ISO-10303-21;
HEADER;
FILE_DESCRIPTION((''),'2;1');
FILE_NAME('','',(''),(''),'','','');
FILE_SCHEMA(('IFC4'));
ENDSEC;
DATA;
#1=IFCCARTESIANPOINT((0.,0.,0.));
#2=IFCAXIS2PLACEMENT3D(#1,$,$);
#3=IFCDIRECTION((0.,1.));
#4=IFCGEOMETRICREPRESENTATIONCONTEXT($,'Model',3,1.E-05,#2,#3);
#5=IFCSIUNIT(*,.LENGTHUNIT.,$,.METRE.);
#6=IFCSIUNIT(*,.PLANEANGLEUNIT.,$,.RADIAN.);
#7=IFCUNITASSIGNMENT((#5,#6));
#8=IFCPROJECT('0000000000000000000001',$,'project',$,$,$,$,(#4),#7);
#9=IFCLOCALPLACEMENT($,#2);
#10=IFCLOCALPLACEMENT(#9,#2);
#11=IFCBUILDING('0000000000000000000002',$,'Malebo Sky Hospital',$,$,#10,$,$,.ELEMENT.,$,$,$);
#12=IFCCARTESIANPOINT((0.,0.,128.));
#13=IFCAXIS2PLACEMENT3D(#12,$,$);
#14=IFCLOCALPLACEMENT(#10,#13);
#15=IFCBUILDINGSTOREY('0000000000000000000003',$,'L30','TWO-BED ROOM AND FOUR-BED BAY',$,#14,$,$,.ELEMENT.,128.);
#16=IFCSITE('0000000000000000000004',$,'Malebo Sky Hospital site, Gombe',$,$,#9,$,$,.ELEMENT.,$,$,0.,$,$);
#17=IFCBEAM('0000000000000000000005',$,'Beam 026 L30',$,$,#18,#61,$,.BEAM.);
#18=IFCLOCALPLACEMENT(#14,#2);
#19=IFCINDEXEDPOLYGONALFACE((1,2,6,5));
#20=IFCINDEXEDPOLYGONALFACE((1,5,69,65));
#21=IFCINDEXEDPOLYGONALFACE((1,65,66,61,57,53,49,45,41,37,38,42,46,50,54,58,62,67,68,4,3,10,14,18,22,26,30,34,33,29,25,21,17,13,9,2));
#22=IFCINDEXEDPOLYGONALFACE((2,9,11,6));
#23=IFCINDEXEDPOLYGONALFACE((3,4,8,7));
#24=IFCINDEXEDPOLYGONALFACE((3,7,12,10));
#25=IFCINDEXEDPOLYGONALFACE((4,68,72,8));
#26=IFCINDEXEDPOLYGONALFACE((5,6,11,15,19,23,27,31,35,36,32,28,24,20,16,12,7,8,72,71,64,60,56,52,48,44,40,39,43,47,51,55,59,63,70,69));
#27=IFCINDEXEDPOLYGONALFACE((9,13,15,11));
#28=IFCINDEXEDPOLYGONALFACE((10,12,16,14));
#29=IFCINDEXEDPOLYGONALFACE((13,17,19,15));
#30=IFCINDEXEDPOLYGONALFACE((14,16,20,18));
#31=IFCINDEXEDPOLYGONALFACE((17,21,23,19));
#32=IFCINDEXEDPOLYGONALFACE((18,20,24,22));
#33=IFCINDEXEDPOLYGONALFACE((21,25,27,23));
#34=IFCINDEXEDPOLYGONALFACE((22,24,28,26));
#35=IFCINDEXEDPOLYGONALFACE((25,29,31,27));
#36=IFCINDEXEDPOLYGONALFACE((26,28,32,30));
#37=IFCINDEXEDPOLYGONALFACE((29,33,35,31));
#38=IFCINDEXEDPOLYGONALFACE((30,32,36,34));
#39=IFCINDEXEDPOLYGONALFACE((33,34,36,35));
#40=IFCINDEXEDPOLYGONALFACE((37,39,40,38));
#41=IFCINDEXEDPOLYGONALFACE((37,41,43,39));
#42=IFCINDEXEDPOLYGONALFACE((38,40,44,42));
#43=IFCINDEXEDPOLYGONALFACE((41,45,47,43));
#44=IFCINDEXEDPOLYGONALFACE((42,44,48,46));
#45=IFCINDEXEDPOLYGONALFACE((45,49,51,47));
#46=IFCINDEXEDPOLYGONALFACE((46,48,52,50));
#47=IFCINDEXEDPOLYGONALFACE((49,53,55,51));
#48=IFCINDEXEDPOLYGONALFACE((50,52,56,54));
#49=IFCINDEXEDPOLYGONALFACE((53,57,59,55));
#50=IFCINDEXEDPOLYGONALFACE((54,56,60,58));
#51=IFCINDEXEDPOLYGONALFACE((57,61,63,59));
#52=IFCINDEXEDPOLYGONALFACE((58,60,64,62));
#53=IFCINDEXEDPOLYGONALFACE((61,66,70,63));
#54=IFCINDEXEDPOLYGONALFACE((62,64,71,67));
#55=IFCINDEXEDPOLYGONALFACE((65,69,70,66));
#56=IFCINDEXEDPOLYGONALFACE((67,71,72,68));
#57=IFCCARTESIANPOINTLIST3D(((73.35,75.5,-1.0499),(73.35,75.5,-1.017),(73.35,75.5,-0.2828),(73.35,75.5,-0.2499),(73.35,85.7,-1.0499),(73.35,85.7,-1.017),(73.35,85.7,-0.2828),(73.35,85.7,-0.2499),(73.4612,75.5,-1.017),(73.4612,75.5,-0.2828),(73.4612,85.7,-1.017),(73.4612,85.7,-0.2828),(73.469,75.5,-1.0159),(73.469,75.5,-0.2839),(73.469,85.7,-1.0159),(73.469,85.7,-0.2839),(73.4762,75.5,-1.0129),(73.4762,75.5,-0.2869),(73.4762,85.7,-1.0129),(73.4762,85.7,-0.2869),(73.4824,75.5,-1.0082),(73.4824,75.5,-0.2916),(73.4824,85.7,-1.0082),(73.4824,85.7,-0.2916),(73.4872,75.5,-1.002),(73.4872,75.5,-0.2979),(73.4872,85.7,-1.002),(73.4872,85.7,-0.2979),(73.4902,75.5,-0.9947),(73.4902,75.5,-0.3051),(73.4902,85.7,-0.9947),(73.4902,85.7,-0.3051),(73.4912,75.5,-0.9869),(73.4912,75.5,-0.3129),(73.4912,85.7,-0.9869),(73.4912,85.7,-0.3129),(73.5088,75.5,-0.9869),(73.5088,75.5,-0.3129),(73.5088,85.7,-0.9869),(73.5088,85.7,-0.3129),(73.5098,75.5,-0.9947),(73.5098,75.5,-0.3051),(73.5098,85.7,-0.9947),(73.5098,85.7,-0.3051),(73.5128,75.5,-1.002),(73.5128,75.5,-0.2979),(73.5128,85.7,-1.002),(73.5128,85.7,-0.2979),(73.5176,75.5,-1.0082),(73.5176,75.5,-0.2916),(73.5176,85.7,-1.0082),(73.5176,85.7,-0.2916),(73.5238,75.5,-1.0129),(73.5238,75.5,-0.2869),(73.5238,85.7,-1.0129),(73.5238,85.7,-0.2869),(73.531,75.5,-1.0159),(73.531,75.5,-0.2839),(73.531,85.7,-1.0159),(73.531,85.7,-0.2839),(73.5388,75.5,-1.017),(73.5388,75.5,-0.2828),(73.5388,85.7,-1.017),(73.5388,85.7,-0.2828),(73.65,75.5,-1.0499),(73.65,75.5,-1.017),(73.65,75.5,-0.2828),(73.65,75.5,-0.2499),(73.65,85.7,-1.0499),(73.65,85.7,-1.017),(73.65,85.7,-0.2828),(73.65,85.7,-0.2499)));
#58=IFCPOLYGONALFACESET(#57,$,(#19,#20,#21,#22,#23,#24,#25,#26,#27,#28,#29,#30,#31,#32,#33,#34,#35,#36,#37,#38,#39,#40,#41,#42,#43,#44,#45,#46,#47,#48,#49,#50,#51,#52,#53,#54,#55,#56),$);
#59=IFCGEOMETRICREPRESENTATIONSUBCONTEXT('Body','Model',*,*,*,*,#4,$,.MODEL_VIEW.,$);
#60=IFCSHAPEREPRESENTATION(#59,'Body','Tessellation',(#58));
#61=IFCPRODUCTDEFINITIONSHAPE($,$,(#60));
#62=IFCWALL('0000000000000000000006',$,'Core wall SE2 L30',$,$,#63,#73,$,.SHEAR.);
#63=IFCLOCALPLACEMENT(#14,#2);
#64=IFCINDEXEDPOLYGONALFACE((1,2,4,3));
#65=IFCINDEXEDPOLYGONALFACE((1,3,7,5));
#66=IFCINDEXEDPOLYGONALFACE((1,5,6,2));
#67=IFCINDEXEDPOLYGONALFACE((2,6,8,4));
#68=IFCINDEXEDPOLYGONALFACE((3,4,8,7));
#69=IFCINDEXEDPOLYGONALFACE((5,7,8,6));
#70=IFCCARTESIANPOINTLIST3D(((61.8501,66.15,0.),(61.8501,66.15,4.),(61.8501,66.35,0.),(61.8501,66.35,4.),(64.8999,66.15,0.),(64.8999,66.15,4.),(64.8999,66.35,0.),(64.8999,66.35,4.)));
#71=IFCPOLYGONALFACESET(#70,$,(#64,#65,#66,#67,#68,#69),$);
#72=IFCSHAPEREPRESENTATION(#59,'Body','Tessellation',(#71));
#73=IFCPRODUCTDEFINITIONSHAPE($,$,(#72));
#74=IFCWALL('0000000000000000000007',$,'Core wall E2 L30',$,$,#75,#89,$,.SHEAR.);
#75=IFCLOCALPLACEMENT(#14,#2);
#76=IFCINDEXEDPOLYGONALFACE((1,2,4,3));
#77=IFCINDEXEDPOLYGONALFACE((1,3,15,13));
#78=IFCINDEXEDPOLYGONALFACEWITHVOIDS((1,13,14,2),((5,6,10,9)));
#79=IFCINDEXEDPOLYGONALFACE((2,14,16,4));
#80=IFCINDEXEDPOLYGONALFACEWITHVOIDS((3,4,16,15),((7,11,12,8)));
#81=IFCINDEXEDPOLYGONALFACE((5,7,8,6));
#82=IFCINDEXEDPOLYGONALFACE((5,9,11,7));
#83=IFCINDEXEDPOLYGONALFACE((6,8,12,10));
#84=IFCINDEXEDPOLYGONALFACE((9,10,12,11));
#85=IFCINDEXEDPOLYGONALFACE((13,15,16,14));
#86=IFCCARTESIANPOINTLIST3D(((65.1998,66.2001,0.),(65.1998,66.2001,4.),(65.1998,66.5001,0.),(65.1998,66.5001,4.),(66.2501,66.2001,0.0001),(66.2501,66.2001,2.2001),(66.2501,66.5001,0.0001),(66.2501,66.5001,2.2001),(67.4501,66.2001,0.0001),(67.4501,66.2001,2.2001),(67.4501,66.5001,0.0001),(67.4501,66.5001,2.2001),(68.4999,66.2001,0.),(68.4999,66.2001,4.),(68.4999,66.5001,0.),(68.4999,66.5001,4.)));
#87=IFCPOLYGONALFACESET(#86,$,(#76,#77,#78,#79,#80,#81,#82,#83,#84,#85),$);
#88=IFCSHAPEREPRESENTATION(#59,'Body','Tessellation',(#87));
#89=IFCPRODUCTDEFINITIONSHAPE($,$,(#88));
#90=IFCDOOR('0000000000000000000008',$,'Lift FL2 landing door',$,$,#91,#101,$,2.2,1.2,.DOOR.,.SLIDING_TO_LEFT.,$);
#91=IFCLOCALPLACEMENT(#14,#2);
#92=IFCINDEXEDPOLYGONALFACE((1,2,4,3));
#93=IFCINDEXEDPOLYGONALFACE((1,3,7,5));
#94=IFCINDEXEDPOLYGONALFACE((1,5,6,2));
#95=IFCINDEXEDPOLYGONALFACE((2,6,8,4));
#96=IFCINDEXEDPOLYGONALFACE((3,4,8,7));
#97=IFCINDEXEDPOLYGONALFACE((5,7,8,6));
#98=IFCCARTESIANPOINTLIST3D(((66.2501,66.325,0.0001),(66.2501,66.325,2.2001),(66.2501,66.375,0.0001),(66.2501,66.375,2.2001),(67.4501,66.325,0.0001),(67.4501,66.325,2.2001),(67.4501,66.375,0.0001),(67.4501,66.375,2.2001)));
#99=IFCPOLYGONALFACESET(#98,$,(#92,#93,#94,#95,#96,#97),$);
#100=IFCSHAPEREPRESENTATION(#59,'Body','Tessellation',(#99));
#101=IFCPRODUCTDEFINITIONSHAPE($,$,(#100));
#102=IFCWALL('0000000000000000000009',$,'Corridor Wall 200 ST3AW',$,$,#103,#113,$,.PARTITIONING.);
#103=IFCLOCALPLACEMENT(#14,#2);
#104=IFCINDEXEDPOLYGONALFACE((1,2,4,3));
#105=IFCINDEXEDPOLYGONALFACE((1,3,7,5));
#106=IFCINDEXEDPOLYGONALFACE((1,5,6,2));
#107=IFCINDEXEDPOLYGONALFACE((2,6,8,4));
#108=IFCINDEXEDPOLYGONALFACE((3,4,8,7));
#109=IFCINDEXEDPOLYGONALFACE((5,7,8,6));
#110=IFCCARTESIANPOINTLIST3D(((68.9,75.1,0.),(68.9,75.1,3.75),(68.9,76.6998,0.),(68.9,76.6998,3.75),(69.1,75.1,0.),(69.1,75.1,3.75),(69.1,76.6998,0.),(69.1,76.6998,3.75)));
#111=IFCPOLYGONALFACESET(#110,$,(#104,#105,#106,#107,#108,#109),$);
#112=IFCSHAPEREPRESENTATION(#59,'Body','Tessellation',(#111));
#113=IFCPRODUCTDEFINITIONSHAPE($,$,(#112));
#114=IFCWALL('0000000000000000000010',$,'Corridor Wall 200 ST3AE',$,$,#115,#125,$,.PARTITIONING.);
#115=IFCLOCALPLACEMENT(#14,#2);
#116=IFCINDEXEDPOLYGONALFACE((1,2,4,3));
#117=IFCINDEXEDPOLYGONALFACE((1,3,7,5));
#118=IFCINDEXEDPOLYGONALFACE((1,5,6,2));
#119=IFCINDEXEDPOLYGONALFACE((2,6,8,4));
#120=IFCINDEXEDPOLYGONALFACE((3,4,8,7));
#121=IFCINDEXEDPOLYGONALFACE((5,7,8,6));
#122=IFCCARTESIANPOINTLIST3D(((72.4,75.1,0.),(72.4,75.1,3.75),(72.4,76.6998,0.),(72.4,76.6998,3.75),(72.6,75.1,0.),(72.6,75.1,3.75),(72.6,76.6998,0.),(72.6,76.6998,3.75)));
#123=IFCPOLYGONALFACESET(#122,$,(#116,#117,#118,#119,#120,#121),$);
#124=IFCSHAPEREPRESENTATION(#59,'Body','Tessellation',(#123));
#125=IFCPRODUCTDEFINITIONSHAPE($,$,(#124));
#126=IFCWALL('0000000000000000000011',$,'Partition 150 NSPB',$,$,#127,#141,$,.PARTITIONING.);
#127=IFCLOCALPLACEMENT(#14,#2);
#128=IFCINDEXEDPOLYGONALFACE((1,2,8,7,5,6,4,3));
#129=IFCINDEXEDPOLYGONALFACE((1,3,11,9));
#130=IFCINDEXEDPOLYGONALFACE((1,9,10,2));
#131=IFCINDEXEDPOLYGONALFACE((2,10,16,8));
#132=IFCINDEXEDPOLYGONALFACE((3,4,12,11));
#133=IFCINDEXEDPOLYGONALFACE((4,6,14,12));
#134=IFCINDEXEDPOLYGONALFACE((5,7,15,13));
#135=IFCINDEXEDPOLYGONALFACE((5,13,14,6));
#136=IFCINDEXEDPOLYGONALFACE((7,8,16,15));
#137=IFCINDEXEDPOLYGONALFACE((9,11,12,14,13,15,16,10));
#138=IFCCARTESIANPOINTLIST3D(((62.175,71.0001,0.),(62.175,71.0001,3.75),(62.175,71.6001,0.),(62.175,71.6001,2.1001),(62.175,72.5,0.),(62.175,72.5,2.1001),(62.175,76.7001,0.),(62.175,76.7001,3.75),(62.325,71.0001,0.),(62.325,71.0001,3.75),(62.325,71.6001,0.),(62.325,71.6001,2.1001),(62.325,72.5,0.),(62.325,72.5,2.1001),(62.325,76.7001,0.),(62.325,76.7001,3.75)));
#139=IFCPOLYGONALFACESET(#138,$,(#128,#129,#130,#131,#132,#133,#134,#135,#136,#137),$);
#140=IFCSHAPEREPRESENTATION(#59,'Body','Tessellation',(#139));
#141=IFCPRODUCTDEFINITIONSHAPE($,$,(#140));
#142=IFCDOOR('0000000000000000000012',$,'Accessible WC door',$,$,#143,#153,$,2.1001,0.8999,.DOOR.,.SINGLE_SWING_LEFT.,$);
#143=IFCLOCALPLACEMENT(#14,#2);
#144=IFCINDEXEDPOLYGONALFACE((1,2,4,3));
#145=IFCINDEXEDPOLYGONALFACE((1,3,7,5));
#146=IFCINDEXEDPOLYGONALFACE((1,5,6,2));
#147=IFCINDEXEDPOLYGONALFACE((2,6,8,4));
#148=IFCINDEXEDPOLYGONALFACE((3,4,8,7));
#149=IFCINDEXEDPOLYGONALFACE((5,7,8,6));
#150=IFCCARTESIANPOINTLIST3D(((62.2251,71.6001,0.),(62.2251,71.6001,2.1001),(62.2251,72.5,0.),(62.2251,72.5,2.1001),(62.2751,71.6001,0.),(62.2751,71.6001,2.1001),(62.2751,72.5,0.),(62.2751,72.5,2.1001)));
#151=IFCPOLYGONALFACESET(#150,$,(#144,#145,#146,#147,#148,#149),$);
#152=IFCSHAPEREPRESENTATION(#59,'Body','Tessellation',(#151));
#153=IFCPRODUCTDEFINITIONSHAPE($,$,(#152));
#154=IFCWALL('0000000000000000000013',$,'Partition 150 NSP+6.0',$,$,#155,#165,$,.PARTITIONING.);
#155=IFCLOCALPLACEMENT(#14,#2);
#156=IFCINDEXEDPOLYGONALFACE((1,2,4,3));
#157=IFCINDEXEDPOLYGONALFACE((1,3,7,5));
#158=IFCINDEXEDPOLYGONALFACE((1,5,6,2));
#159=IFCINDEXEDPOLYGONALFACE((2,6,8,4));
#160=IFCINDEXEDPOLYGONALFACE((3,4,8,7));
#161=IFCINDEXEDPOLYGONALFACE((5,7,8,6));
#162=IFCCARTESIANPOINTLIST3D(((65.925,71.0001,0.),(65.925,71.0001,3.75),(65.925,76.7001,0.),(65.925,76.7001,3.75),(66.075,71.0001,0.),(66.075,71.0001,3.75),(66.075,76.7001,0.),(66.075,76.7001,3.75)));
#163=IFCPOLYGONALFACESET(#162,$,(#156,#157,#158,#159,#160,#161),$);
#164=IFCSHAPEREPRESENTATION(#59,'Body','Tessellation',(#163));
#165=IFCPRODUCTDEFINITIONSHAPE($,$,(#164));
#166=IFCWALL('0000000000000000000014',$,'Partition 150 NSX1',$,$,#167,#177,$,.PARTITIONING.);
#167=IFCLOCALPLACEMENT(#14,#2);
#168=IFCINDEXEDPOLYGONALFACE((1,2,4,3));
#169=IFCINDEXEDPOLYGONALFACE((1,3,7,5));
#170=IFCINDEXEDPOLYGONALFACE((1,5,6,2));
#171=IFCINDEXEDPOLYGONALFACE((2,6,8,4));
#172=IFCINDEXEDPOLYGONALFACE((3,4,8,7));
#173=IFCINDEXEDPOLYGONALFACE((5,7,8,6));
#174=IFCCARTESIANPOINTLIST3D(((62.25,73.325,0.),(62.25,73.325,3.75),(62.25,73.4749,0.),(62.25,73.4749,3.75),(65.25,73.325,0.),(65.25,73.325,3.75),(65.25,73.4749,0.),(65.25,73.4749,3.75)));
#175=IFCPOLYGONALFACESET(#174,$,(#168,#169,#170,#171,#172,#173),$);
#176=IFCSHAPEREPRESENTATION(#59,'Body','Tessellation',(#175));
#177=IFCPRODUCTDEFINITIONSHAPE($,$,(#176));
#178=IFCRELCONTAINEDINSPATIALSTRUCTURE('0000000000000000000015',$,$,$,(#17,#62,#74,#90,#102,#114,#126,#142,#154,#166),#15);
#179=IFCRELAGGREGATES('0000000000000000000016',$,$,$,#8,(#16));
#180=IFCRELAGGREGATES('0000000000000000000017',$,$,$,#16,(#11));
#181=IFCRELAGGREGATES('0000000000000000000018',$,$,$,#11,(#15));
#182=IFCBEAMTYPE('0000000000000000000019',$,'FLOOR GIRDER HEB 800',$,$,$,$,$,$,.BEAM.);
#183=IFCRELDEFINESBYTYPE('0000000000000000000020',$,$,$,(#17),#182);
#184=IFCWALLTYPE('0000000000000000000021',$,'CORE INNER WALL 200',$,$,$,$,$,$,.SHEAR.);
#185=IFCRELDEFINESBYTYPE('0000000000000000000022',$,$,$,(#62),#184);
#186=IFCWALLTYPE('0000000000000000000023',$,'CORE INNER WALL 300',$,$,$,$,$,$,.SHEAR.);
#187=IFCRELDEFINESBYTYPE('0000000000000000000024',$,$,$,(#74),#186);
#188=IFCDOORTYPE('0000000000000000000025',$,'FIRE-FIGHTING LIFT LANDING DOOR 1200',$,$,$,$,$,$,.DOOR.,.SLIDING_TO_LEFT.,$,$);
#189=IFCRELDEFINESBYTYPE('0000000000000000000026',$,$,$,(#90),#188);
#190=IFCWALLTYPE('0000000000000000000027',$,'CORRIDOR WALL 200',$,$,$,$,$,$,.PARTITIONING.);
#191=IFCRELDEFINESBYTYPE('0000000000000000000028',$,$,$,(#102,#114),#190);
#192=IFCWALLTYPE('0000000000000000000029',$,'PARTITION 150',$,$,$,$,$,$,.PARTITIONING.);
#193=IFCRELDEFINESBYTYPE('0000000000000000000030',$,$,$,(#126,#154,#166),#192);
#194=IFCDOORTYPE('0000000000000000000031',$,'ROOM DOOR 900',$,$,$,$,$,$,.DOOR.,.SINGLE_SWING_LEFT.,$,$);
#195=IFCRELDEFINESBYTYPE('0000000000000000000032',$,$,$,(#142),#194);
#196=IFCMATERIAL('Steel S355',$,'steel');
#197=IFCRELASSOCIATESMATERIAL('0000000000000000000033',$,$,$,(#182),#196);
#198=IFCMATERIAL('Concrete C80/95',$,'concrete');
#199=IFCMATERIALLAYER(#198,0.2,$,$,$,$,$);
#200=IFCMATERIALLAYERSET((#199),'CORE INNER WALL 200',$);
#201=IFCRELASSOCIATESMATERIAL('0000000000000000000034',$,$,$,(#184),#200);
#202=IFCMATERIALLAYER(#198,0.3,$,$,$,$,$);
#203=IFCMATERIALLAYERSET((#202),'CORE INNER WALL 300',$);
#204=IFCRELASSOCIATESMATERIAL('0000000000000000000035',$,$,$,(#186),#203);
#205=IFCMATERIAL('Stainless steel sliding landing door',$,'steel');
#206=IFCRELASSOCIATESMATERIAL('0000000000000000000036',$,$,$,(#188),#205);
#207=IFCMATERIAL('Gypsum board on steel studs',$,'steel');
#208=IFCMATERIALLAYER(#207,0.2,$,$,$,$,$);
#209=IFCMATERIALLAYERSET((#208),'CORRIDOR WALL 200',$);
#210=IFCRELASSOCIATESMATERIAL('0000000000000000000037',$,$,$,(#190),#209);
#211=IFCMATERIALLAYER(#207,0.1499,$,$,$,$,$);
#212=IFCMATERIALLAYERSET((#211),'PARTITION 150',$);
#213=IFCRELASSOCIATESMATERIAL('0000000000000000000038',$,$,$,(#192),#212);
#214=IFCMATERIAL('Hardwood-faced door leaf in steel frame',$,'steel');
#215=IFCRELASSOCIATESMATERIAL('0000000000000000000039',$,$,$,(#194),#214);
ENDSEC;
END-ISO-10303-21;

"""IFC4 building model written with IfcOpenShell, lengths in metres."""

from ifc_helpers import new_model, si_unit, direction, frame, frame_2d, origin, origin_2d, place, context, subcontext, project, spatial, rectangle, i_section, extrude, material, layer, layer_set, material_profile, profile_set, type_object, element, fill, save


model = new_model("IFC4")

# Units and contexts
model_context = context("Model", 3, precision=1e-05, world=origin(), true_north=direction((0.0, 1.0)))
body_context = subcontext(model_context, "Body", "Model", "MODEL_VIEW")
ifc_project = project(units=[si_unit("LENGTHUNIT", "METRE"), si_unit("PLANEANGLEUNIT", "RADIAN")], contexts=[model_context])

# Site, building, storey
site_placement = place(None, origin())
site = spatial("IfcSite", under=ifc_project, at=site_placement, Name="Malebo Sky Hospital site, Gombe", CompositionType="ELEMENT", RefElevation=0.0)
building_placement = place(site_placement, origin())
building = spatial("IfcBuilding", under=site, at=building_placement, Name="Malebo Sky Hospital", CompositionType="ELEMENT")
storey_placement = place(building_placement, frame((0.0, 0.0, 128.0)))
storey = spatial("IfcBuildingStorey", under=building, at=storey_placement, Name="L30", Description="TWO-BED ROOM AND FOUR-BED BAY", CompositionType="ELEMENT", Elevation=128.0)

# Beam
ifc_material_1 = material(Name="Steel S355", Category="steel")
ifc_material_profile_1 = material_profile(ifc_material_1, i_section(OverallWidth=0.3, OverallDepth=0.8, WebThickness=0.0176, FlangeThickness=0.033, FilletRadius=0.03, at=origin_2d()), Name="HEB 800")
ifc_profile_set_1 = profile_set([ifc_material_profile_1], Name="Steel S355")
beam_type_1 = type_object("IfcBeamType", Name="FLOOR GIRDER HEB 800", PredefinedType="BEAM", material=ifc_profile_set_1)
beam_1_placement = place(storey_placement, frame((73.5, 75.5, -0.6499), z_axis=(0.0, 1.0, 0.0), x_axis=(-1.0, 0.0, 0.0)))
element("IfcBeam", 1, at=beam_1_placement, inside=storey, type_object=beam_type_1, Name="Beam 026 L30", PredefinedType="BEAM", context=body_context, shape_type="SweptSolid", body=[
    extrude(i_section(OverallWidth=0.3, OverallDepth=0.8, WebThickness=0.0176, FlangeThickness=0.033, FilletRadius=0.03, at=origin_2d()), origin(), (0.0, 0.0, 1.0), 10.2),
])

# Wall
ifc_material_2 = material(Name="Concrete C80/95", Category="concrete")
ifc_layer_1 = layer(ifc_material_2, 0.2)
ifc_layer_set_1 = layer_set([ifc_layer_1], Name="CORE INNER WALL 200")
wall_type_1 = type_object("IfcWallType", Name="CORE INNER WALL 200", PredefinedType="SHEAR", material=ifc_layer_set_1)
wall_1_placement = place(storey_placement, frame((61.8501, 66.25, 0.0), z_axis=(0.0, 0.0, 1.0), x_axis=(1.0, 0.0, 0.0)))
element("IfcWall", 2, at=wall_1_placement, inside=storey, type_object=wall_type_1, Name="Core wall SE2 L30", PredefinedType="SHEAR", context=body_context, shape_type="SweptSolid", body=[
    extrude(rectangle(XDim=3.0498, YDim=0.2, at=frame_2d((1.5249, 0.0))), origin(), (0.0, 0.0, 1.0), 4.0),
])

# Wall, opening, door
ifc_layer_2 = layer(ifc_material_2, 0.3)
ifc_layer_set_2 = layer_set([ifc_layer_2], Name="CORE INNER WALL 300")
wall_type_2 = type_object("IfcWallType", Name="CORE INNER WALL 300", PredefinedType="SHEAR", material=ifc_layer_set_2)
wall_2_placement = place(storey_placement, frame((65.2, 66.3501, 0.0), z_axis=(0.0, 0.0, 1.0), x_axis=(1.0, 0.0, 0.0)))
wall_2 = element("IfcWall", 3, at=wall_2_placement, inside=storey, type_object=wall_type_2, Name="Core wall E2 L30", PredefinedType="SHEAR", context=body_context, shape_type="SweptSolid", body=[
    extrude(rectangle(XDim=3.3, YDim=0.3, at=frame_2d((1.6499, 0.0))), origin(), (0.0, 0.0, 1.0), 4.0),
])
opening_1_placement = place(wall_2_placement, frame((1.05, 0.0, 0.0)))
opening_1 = element("IfcOpeningElement", 4, at=opening_1_placement, cuts=wall_2, PredefinedType="OPENING", context=body_context, shape_type="SweptSolid", body=[
    extrude(rectangle(XDim=1.2, YDim=2.2, at=frame_2d((0.6001, 1.1001))), frame((0.0, 0.1599, 0.0), z_axis=(0.0, -1.0, 0.0), x_axis=(1.0, 0.0, 0.0)), (0.0, 0.0, 1.0), 0.3201),
])
ifc_material_3 = material(Name="Stainless steel sliding landing door", Category="steel")
door_type_1 = type_object("IfcDoorType", Name="FIRE-FIGHTING LIFT LANDING DOOR 1200", OperationType="SLIDING_TO_LEFT", PredefinedType="DOOR", material=ifc_material_3)
door_1_placement = place(opening_1_placement, origin())
door_1 = element("IfcDoor", 5, at=door_1_placement, inside=storey, type_object=door_type_1, Name="Lift FL2 landing door", OperationType="SLIDING_TO_LEFT", OverallHeight=2.2, OverallWidth=1.2, PredefinedType="DOOR", context=body_context, shape_type="SweptSolid", body=[
    extrude(rectangle(XDim=1.2, YDim=2.2, at=frame_2d((0.6001, 1.1001))), frame((0.0, 0.0249, 0.0), z_axis=(0.0, -1.0, 0.0), x_axis=(1.0, 0.0, 0.0)), (0.0, 0.0, 1.0), 0.05),
])
fill(opening_1, door_1)

# Walls
ifc_material_4 = material(Name="Gypsum board on steel studs", Category="steel")
ifc_layer_3 = layer(ifc_material_4, 0.2)
ifc_layer_set_3 = layer_set([ifc_layer_3], Name="CORRIDOR WALL 200")
wall_type_3 = type_object("IfcWallType", Name="CORRIDOR WALL 200", PredefinedType="PARTITIONING", material=ifc_layer_set_3)
for number, where, z_axis, x_axis, name in (
    (6, (69.0, 75.1001, 0.0), (0.0, 0.0, 1.0), (0.0, 1.0, 0.0), "Corridor Wall 200 ST3AW"),
    (7, (72.5, 75.1001, 0.0), (0.0, 0.0, 1.0), (0.0, 1.0, 0.0), "Corridor Wall 200 ST3AE"),
):
    element("IfcWall", number, at=place(storey_placement, frame(where, z_axis=z_axis, x_axis=x_axis)), inside=storey, type_object=wall_type_3, Name=name, PredefinedType="PARTITIONING", context=body_context, shape_type="SweptSolid", body=[
        extrude(rectangle(XDim=1.5999, YDim=0.2, at=frame_2d((0.7998, 0.0))), origin(), (0.0, 0.0, 1.0), 3.75),
    ])

# Wall, opening, door
ifc_layer_4 = layer(ifc_material_4, 0.1499)
ifc_layer_set_4 = layer_set([ifc_layer_4], Name="PARTITION 150")
wall_type_4 = type_object("IfcWallType", Name="PARTITION 150", PredefinedType="PARTITIONING", material=ifc_layer_set_4)
wall_3_placement = place(storey_placement, frame((62.25, 71.0, 0.0), z_axis=(0.0, 0.0, 1.0), x_axis=(0.0, 1.0, 0.0)))
wall_3 = element("IfcWall", 8, at=wall_3_placement, inside=storey, type_object=wall_type_4, Name="Partition 150 NSPB", PredefinedType="PARTITIONING", context=body_context, shape_type="SweptSolid", body=[
    extrude(rectangle(XDim=5.7, YDim=0.1499, at=frame_2d((2.8501, 0.0))), origin(), (0.0, 0.0, 1.0), 3.75),
])
opening_2_placement = place(wall_3_placement, frame((0.6001, 0.0, 0.0)))
opening_2 = element("IfcOpeningElement", 9, at=opening_2_placement, cuts=wall_3, PredefinedType="OPENING", context=body_context, shape_type="SweptSolid", body=[
    extrude(rectangle(XDim=0.8999, YDim=2.1001, at=frame_2d((0.45, 1.05))), frame((0.0, 0.085, 0.0), z_axis=(0.0, -1.0, 0.0), x_axis=(1.0, 0.0, 0.0)), (0.0, 0.0, 1.0), 0.1699),
])
ifc_material_5 = material(Name="Hardwood-faced door leaf in steel frame", Category="steel")
door_type_2 = type_object("IfcDoorType", Name="ROOM DOOR 900", OperationType="SINGLE_SWING_LEFT", PredefinedType="DOOR", material=ifc_material_5)
door_2_placement = place(opening_2_placement, origin())
door_2 = element("IfcDoor", 10, at=door_2_placement, inside=storey, type_object=door_type_2, Name="Accessible WC door", OperationType="SINGLE_SWING_LEFT", OverallHeight=2.1001, OverallWidth=0.8999, PredefinedType="DOOR", context=body_context, shape_type="SweptSolid", body=[
    extrude(rectangle(XDim=0.8999, YDim=2.1001, at=frame_2d((0.45, 1.05))), frame((0.0, 0.0249, 0.0), z_axis=(0.0, -1.0, 0.0), x_axis=(1.0, 0.0, 0.0)), (0.0, 0.0, 1.0), 0.05),
])
fill(opening_2, door_2)

# Walls
wall_4_placement = place(storey_placement, frame((66.0, 71.0, 0.0), z_axis=(0.0, 0.0, 1.0), x_axis=(0.0, 1.0, 0.0)))
element("IfcWall", 11, at=wall_4_placement, inside=storey, type_object=wall_type_4, Name="Partition 150 NSP+6.0", PredefinedType="PARTITIONING", context=body_context, shape_type="SweptSolid", body=[
    extrude(rectangle(XDim=5.7, YDim=0.1499, at=frame_2d((2.8501, 0.0))), origin(), (0.0, 0.0, 1.0), 3.75),
])
wall_5_placement = place(storey_placement, frame((62.25, 73.3999, 0.0), z_axis=(0.0, 0.0, 1.0), x_axis=(1.0, 0.0, 0.0)))
element("IfcWall", 12, at=wall_5_placement, inside=storey, type_object=wall_type_4, Name="Partition 150 NSX1", PredefinedType="PARTITIONING", context=body_context, shape_type="SweptSolid", body=[
    extrude(rectangle(XDim=3.0, YDim=0.1499, at=frame_2d((1.5, 0.0))), origin(), (0.0, 0.0, 1.0), 3.75),
])

save(model, "model.ifc")
